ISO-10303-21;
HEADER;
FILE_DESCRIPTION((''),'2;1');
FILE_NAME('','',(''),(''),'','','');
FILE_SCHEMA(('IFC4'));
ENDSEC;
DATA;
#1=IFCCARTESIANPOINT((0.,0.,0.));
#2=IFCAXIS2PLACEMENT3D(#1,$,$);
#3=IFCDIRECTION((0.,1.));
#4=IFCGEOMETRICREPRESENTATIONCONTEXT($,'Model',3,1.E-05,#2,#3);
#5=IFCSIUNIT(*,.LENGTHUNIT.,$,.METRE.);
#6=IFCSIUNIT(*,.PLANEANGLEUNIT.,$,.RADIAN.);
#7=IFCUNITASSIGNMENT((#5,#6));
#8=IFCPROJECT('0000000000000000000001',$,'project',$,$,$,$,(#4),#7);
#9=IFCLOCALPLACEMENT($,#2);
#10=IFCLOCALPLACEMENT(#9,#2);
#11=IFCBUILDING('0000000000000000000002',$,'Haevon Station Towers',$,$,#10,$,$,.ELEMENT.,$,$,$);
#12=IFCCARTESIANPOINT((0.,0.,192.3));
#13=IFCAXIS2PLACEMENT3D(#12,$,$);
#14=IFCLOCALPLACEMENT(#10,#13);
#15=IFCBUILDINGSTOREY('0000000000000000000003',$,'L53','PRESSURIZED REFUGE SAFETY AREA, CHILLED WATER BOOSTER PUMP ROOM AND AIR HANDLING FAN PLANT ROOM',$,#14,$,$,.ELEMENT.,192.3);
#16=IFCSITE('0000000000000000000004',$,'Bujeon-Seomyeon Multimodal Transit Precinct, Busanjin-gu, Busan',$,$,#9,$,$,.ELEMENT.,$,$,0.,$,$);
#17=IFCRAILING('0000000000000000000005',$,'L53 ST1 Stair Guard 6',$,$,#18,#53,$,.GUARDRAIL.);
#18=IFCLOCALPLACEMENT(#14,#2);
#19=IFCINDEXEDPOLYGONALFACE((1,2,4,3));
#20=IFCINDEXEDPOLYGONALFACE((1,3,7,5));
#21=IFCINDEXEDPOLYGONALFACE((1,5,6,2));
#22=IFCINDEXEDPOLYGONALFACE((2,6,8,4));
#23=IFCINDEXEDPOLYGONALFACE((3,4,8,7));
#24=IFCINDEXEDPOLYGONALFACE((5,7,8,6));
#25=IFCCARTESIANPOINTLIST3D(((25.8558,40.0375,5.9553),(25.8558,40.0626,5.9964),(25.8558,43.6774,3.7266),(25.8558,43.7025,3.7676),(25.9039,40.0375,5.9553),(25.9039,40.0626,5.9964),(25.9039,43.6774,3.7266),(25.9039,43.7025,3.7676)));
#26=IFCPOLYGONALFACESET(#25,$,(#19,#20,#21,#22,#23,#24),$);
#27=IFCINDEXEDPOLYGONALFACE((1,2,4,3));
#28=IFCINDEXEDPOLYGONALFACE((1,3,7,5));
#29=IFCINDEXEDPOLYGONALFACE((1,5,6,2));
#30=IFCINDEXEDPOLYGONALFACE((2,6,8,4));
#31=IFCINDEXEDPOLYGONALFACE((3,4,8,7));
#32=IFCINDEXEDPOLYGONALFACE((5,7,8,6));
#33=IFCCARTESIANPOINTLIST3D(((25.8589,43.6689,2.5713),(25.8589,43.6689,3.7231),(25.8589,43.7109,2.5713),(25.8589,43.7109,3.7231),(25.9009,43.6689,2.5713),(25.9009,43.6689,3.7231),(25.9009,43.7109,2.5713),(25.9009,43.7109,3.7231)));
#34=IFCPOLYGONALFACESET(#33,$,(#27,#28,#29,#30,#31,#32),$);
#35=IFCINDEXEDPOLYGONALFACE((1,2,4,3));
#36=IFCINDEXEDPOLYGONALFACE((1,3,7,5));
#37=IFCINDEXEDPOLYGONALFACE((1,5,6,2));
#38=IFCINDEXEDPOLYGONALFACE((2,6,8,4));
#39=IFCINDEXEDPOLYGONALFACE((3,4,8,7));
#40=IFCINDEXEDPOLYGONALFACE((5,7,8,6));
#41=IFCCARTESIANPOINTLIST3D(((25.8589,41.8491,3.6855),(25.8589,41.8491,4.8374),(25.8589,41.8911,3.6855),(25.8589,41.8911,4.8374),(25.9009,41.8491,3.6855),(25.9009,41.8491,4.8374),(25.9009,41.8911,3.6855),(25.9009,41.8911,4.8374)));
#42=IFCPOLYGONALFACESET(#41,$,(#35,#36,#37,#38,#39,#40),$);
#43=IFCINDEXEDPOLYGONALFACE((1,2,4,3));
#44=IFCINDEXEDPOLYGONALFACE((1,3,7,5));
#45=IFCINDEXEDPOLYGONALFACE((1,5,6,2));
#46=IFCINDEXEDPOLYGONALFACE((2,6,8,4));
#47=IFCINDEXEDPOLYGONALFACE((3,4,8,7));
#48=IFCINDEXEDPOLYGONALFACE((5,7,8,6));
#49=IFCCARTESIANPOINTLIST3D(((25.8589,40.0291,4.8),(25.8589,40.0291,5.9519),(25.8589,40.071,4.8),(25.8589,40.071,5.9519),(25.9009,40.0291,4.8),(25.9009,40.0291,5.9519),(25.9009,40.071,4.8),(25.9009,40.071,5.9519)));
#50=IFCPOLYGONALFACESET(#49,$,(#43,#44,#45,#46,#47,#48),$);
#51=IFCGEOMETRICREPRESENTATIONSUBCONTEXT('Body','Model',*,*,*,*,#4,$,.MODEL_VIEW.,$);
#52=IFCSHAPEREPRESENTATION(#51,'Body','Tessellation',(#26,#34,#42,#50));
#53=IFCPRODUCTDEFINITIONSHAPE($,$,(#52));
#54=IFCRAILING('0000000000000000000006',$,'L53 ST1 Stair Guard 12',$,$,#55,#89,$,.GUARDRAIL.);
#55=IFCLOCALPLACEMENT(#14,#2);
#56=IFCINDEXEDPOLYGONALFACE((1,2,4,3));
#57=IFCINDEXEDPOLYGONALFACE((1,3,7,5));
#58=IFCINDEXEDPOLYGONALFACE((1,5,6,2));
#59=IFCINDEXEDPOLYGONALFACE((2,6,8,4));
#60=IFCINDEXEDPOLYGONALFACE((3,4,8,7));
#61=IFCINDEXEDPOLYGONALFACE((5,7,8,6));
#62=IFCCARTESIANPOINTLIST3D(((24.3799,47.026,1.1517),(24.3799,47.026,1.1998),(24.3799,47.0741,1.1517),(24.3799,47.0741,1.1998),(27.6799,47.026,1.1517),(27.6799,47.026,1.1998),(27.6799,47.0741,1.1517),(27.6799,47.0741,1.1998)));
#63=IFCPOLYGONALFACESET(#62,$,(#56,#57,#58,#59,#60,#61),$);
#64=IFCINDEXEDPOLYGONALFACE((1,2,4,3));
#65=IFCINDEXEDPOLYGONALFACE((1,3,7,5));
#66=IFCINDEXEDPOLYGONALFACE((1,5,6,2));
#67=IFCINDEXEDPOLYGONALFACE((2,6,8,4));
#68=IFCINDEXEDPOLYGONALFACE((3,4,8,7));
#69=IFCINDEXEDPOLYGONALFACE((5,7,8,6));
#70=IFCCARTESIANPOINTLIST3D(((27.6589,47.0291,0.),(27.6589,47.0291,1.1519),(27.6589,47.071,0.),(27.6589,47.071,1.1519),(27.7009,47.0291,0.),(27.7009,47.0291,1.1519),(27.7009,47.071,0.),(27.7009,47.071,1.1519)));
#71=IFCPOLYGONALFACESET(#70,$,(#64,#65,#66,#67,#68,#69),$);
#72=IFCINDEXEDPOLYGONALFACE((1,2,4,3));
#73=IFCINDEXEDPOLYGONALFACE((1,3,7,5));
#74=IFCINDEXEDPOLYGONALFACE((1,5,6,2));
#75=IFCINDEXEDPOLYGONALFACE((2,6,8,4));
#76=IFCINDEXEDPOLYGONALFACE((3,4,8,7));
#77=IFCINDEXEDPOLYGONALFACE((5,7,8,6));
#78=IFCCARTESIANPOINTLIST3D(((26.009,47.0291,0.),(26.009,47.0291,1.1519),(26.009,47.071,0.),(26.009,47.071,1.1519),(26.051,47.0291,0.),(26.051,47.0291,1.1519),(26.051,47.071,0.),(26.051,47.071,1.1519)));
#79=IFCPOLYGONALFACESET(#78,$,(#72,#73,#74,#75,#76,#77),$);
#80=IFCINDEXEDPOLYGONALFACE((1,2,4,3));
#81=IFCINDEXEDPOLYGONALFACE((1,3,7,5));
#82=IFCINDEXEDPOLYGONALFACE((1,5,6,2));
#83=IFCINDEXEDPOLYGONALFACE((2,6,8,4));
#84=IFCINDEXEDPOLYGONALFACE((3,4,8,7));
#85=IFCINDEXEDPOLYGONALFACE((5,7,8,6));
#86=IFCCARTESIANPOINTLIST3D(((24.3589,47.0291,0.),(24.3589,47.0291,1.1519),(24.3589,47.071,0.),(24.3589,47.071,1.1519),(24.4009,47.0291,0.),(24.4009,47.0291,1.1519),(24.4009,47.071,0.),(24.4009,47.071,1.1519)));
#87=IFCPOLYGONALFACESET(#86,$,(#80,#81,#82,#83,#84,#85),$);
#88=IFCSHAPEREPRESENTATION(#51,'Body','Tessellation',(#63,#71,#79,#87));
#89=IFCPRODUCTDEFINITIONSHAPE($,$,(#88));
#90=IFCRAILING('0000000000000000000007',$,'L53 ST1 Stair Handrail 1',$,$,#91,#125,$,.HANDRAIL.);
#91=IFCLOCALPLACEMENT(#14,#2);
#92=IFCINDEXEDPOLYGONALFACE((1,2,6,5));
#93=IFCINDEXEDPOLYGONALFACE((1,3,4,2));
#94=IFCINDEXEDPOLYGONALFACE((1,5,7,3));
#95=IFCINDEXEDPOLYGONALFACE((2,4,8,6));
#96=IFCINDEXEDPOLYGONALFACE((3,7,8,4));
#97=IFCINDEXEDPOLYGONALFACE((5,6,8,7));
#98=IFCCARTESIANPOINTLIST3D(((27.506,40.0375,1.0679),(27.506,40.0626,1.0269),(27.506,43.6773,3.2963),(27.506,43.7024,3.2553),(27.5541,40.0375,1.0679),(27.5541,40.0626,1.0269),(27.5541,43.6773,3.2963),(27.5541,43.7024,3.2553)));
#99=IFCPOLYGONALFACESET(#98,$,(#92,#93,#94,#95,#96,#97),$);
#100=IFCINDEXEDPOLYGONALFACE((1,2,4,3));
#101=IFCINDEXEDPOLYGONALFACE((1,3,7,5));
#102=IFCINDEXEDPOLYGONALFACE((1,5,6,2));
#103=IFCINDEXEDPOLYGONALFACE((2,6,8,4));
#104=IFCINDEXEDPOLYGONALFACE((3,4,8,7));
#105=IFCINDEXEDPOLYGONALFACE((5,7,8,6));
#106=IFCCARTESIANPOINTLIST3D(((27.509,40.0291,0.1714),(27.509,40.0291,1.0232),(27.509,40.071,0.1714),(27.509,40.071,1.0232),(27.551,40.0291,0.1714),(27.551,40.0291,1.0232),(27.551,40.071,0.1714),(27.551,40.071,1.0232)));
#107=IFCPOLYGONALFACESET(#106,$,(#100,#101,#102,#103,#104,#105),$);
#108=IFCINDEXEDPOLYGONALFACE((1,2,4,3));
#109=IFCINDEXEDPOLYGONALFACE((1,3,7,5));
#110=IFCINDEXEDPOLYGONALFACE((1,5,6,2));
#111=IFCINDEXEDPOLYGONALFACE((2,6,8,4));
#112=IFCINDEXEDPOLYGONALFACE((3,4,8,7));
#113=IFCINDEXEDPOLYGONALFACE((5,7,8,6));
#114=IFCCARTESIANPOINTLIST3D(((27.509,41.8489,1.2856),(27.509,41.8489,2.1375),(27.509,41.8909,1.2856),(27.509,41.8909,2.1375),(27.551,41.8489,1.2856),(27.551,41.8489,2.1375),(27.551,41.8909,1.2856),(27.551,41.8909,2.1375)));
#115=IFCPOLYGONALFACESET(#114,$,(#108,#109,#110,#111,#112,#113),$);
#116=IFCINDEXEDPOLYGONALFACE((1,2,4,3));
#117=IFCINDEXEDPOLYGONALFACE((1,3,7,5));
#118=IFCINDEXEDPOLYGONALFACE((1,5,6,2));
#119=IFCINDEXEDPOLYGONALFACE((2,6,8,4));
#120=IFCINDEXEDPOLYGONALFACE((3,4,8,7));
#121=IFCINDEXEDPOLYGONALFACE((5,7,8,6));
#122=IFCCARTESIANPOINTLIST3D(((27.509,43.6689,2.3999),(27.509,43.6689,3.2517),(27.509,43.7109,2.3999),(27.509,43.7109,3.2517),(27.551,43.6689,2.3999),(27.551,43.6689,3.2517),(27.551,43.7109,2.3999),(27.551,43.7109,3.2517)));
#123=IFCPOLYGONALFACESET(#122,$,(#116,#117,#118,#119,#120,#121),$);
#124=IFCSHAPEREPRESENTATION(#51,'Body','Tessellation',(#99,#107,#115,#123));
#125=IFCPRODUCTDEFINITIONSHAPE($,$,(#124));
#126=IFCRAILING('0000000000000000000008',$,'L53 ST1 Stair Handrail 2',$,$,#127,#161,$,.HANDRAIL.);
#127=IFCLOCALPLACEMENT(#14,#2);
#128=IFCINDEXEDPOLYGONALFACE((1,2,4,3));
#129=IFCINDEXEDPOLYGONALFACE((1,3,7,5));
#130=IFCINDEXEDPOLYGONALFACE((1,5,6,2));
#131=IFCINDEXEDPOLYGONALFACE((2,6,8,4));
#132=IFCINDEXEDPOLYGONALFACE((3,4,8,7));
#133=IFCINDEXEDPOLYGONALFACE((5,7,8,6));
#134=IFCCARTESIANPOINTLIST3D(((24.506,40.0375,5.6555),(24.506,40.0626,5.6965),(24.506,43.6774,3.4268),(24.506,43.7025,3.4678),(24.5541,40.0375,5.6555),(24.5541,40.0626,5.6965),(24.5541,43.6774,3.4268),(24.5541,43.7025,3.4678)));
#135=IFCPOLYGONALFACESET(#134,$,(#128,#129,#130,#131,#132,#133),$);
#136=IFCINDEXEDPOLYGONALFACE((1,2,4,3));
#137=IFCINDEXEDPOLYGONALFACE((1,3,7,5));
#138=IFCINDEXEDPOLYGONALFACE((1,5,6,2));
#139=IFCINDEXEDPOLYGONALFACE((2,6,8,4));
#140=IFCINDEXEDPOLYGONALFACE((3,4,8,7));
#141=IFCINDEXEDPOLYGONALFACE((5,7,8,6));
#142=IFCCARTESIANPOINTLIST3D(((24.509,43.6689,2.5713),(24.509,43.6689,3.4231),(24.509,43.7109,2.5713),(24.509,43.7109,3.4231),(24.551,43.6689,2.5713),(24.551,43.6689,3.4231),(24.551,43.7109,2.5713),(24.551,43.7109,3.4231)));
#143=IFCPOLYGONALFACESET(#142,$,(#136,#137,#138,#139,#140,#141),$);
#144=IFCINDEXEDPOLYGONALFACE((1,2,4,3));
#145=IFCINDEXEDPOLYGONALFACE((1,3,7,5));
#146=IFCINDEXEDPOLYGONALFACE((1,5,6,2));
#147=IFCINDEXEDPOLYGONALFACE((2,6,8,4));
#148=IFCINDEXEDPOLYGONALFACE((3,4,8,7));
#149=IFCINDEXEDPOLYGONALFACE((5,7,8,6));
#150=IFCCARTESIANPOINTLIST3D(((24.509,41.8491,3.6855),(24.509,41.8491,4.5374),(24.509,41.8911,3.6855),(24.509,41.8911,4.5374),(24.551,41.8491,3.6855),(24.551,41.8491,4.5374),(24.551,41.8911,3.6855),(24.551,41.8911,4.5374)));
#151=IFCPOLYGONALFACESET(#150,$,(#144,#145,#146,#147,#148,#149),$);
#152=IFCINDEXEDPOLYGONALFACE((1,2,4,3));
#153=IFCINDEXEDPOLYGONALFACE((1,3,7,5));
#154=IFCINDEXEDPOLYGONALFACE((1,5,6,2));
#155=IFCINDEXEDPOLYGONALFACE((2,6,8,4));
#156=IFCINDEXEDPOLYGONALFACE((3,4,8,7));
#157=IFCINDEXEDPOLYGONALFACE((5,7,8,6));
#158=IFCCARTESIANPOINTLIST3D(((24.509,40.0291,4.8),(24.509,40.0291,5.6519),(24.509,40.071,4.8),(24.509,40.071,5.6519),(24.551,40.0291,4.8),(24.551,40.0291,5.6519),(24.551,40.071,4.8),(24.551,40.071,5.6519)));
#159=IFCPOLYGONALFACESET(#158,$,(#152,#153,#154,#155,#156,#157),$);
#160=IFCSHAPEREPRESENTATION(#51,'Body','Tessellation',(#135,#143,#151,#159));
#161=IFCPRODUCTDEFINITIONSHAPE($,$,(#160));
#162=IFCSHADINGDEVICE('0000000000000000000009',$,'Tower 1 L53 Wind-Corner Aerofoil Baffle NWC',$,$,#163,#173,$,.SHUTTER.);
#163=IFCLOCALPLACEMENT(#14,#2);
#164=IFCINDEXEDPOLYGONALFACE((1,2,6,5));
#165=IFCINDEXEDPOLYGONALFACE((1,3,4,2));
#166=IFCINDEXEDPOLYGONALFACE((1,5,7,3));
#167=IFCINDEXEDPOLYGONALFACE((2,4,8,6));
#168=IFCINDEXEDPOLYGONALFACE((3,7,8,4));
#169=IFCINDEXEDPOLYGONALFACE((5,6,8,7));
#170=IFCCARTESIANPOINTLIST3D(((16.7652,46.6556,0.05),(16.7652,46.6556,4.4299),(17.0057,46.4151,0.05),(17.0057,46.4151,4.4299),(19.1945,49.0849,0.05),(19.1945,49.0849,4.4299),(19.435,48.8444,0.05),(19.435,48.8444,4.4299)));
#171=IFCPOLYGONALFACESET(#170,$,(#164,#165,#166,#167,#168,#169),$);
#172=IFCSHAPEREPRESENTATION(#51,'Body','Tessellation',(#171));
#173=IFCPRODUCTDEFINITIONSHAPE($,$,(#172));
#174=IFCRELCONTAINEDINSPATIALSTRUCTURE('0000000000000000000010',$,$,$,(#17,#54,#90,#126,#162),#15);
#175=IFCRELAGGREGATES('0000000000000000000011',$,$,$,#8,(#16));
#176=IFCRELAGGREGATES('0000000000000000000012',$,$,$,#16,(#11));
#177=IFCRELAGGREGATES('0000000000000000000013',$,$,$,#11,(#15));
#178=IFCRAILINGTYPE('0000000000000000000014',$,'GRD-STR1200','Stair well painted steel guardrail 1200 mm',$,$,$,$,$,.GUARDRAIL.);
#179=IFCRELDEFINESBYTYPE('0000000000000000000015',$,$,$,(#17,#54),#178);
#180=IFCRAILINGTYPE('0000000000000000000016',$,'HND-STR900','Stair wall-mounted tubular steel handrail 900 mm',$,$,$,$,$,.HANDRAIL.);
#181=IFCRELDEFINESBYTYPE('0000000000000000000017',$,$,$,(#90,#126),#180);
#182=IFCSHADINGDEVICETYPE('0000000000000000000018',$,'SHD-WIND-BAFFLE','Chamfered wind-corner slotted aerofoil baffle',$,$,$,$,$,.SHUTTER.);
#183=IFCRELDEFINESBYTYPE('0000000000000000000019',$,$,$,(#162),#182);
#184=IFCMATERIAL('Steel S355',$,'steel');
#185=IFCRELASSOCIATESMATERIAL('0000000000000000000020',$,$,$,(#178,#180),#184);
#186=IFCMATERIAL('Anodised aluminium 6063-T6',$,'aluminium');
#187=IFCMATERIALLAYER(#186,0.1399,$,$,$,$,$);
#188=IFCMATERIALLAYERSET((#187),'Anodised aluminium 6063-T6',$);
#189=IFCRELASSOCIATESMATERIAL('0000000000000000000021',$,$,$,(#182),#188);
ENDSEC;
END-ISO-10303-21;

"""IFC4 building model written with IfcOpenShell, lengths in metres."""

from ifc_helpers import new_model, si_unit, direction, frame, origin, origin_2d, place, context, subcontext, project, spatial, rectangle, extrude, material, layer, layer_set, type_object, element, save


model = new_model("IFC4")

# Units and contexts
model_context = context("Model", 3, precision=1e-05, world=origin(), true_north=direction((0.0, 1.0)))
body_context = subcontext(model_context, "Body", "Model", "MODEL_VIEW")
ifc_project = project(units=[si_unit("LENGTHUNIT", "METRE"), si_unit("PLANEANGLEUNIT", "RADIAN")], contexts=[model_context])

# Site, building, storey
site_placement = place(None, origin())
site = spatial("IfcSite", under=ifc_project, at=site_placement, Name="Bujeon-Seomyeon Multimodal Transit Precinct, Busanjin-gu, Busan", CompositionType="ELEMENT", RefElevation=0.0)
building_placement = place(site_placement, origin())
building = spatial("IfcBuilding", under=site, at=building_placement, Name="Haevon Station Towers", CompositionType="ELEMENT")
storey_placement = place(building_placement, frame((0.0, 0.0, 192.3)))
storey = spatial("IfcBuildingStorey", under=building, at=storey_placement, Name="L53", Description="PRESSURIZED REFUGE SAFETY AREA, CHILLED WATER BOOSTER PUMP ROOM AND AIR HANDLING FAN PLANT ROOM", CompositionType="ELEMENT", Elevation=192.3)

# Shared definitions
ifc_material_1 = material(Name="Steel S355", Category="steel")

# Railings
railing_type_1 = type_object("IfcRailingType", Name="GRD-STR1200", Description="Stair well painted steel guardrail 1200 mm", PredefinedType="GUARDRAIL", material=ifc_material_1)
railing_1_placement = place(storey_placement, frame((25.8799, 43.6899, 2.5713)))
element("IfcRailing", 1, at=railing_1_placement, inside=storey, type_object=railing_type_1, Name="L53 ST1 Stair Guard 6", PredefinedType="GUARDRAIL", context=body_context, shape_type="SweptSolid", body=[
    extrude(rectangle(XDim=0.0481, YDim=0.0481, at=origin_2d()), frame((0.0, 0.0, 1.1758), z_axis=(0.0, -0.852825, 0.522197), x_axis=(1.0, 0.0, 0.0)), (0.0, 0.0, 1.0), 4.2681),
    extrude(rectangle(XDim=0.042, YDim=0.042, at=origin_2d()), origin(), (0.0, 0.0, 1.0), 1.1519),
    extrude(rectangle(XDim=0.042, YDim=0.042, at=origin_2d()), frame((0.0, -1.8198, 1.1143)), (0.0, 0.0, 1.0), 1.1519),
    extrude(rectangle(XDim=0.042, YDim=0.042, at=origin_2d()), frame((0.0, -3.6399, 2.2288)), (0.0, 0.0, 1.0), 1.1519),
])
railing_2_placement = place(storey_placement, frame((27.6799, 47.05, 0.0)))
element("IfcRailing", 2, at=railing_2_placement, inside=storey, type_object=railing_type_1, Name="L53 ST1 Stair Guard 12", PredefinedType="GUARDRAIL", context=body_context, shape_type="SweptSolid", body=[
    extrude(rectangle(XDim=0.0481, YDim=0.0481, at=origin_2d()), frame((0.0, 0.0, 1.1758), z_axis=(-1.0, 0.0, 0.0), x_axis=(0.0, -1.0, 0.0)), (0.0, 0.0, 1.0), 3.3),
    extrude(rectangle(XDim=0.042, YDim=0.042, at=origin_2d()), origin(), (0.0, 0.0, 1.0), 1.1519),
    extrude(rectangle(XDim=0.042, YDim=0.042, at=origin_2d()), frame((-1.6499, 0.0, 0.0)), (0.0, 0.0, 1.0), 1.1519),
    extrude(rectangle(XDim=0.042, YDim=0.042, at=origin_2d()), frame((-3.3, 0.0, 0.0)), (0.0, 0.0, 1.0), 1.1519),
])
railing_type_2 = type_object("IfcRailingType", Name="HND-STR900", Description="Stair wall-mounted tubular steel handrail 900 mm", PredefinedType="HANDRAIL", material=ifc_material_1)
railing_3_placement = place(storey_placement, frame((27.53, 40.05, 0.1714)))
element("IfcRailing", 3, at=railing_3_placement, inside=storey, type_object=railing_type_2, Name="L53 ST1 Stair Handrail 1", PredefinedType="HANDRAIL", context=body_context, shape_type="SweptSolid", body=[
    extrude(rectangle(XDim=0.0481, YDim=0.0481, at=origin_2d()), frame((0.0, 0.0, 0.876), z_axis=(0.0, 0.85285, 0.522156), x_axis=(-1.0, 0.0, 0.0)), (0.0, 0.0, 1.0), 4.2678),
    extrude(rectangle(XDim=0.042, YDim=0.042, at=origin_2d()), origin(), (0.0, 0.0, 1.0), 0.8518),
    extrude(rectangle(XDim=0.042, YDim=0.042, at=origin_2d()), frame((0.0, 1.8198, 1.1143)), (0.0, 0.0, 1.0), 0.8518),
    extrude(rectangle(XDim=0.042, YDim=0.042, at=origin_2d()), frame((0.0, 3.6399, 2.2285)), (0.0, 0.0, 1.0), 0.8518),
])
railing_4_placement = place(storey_placement, frame((24.53, 43.6899, 2.5713)))
element("IfcRailing", 4, at=railing_4_placement, inside=storey, type_object=railing_type_2, Name="L53 ST1 Stair Handrail 2", PredefinedType="HANDRAIL", context=body_context, shape_type="SweptSolid", body=[
    extrude(rectangle(XDim=0.0481, YDim=0.0481, at=origin_2d()), frame((0.0, 0.0, 0.876), z_axis=(0.0, -0.852825, 0.522197), x_axis=(1.0, 0.0, 0.0)), (0.0, 0.0, 1.0), 4.2681),
    extrude(rectangle(XDim=0.042, YDim=0.042, at=origin_2d()), origin(), (0.0, 0.0, 1.0), 0.8518),
    extrude(rectangle(XDim=0.042, YDim=0.042, at=origin_2d()), frame((0.0, -1.8198, 1.1143)), (0.0, 0.0, 1.0), 0.8518),
    extrude(rectangle(XDim=0.042, YDim=0.042, at=origin_2d()), frame((0.0, -3.6399, 2.2288)), (0.0, 0.0, 1.0), 0.8518),
])

# Shading device
ifc_material_2 = material(Name="Anodised aluminium 6063-T6", Category="aluminium")
ifc_layer_1 = layer(ifc_material_2, 0.1399)
ifc_layer_set_1 = layer_set([ifc_layer_1], Name="Anodised aluminium 6063-T6")
shading_device_type = type_object("IfcShadingDeviceType", Name="SHD-WIND-BAFFLE", Description="Chamfered wind-corner slotted aerofoil baffle", PredefinedType="SHUTTER", material=ifc_layer_set_1)
shading_device_placement = place(storey_placement, frame((18.1001, 47.75, 0.05), z_axis=(0.0, 0.0, 1.0), x_axis=(0.707107, 0.707107, 0.0)))
element("IfcShadingDevice", 5, at=shading_device_placement, inside=storey, type_object=shading_device_type, Name="Tower 1 L53 Wind-Corner Aerofoil Baffle NWC", PredefinedType="SHUTTER", context=body_context, shape_type="SweptSolid", body=[
    extrude(rectangle(XDim=3.4355, YDim=0.3401, at=origin_2d()), origin(), (0.0, 0.0, 1.0), 4.3799),
])

save(model, "model.ifc")
